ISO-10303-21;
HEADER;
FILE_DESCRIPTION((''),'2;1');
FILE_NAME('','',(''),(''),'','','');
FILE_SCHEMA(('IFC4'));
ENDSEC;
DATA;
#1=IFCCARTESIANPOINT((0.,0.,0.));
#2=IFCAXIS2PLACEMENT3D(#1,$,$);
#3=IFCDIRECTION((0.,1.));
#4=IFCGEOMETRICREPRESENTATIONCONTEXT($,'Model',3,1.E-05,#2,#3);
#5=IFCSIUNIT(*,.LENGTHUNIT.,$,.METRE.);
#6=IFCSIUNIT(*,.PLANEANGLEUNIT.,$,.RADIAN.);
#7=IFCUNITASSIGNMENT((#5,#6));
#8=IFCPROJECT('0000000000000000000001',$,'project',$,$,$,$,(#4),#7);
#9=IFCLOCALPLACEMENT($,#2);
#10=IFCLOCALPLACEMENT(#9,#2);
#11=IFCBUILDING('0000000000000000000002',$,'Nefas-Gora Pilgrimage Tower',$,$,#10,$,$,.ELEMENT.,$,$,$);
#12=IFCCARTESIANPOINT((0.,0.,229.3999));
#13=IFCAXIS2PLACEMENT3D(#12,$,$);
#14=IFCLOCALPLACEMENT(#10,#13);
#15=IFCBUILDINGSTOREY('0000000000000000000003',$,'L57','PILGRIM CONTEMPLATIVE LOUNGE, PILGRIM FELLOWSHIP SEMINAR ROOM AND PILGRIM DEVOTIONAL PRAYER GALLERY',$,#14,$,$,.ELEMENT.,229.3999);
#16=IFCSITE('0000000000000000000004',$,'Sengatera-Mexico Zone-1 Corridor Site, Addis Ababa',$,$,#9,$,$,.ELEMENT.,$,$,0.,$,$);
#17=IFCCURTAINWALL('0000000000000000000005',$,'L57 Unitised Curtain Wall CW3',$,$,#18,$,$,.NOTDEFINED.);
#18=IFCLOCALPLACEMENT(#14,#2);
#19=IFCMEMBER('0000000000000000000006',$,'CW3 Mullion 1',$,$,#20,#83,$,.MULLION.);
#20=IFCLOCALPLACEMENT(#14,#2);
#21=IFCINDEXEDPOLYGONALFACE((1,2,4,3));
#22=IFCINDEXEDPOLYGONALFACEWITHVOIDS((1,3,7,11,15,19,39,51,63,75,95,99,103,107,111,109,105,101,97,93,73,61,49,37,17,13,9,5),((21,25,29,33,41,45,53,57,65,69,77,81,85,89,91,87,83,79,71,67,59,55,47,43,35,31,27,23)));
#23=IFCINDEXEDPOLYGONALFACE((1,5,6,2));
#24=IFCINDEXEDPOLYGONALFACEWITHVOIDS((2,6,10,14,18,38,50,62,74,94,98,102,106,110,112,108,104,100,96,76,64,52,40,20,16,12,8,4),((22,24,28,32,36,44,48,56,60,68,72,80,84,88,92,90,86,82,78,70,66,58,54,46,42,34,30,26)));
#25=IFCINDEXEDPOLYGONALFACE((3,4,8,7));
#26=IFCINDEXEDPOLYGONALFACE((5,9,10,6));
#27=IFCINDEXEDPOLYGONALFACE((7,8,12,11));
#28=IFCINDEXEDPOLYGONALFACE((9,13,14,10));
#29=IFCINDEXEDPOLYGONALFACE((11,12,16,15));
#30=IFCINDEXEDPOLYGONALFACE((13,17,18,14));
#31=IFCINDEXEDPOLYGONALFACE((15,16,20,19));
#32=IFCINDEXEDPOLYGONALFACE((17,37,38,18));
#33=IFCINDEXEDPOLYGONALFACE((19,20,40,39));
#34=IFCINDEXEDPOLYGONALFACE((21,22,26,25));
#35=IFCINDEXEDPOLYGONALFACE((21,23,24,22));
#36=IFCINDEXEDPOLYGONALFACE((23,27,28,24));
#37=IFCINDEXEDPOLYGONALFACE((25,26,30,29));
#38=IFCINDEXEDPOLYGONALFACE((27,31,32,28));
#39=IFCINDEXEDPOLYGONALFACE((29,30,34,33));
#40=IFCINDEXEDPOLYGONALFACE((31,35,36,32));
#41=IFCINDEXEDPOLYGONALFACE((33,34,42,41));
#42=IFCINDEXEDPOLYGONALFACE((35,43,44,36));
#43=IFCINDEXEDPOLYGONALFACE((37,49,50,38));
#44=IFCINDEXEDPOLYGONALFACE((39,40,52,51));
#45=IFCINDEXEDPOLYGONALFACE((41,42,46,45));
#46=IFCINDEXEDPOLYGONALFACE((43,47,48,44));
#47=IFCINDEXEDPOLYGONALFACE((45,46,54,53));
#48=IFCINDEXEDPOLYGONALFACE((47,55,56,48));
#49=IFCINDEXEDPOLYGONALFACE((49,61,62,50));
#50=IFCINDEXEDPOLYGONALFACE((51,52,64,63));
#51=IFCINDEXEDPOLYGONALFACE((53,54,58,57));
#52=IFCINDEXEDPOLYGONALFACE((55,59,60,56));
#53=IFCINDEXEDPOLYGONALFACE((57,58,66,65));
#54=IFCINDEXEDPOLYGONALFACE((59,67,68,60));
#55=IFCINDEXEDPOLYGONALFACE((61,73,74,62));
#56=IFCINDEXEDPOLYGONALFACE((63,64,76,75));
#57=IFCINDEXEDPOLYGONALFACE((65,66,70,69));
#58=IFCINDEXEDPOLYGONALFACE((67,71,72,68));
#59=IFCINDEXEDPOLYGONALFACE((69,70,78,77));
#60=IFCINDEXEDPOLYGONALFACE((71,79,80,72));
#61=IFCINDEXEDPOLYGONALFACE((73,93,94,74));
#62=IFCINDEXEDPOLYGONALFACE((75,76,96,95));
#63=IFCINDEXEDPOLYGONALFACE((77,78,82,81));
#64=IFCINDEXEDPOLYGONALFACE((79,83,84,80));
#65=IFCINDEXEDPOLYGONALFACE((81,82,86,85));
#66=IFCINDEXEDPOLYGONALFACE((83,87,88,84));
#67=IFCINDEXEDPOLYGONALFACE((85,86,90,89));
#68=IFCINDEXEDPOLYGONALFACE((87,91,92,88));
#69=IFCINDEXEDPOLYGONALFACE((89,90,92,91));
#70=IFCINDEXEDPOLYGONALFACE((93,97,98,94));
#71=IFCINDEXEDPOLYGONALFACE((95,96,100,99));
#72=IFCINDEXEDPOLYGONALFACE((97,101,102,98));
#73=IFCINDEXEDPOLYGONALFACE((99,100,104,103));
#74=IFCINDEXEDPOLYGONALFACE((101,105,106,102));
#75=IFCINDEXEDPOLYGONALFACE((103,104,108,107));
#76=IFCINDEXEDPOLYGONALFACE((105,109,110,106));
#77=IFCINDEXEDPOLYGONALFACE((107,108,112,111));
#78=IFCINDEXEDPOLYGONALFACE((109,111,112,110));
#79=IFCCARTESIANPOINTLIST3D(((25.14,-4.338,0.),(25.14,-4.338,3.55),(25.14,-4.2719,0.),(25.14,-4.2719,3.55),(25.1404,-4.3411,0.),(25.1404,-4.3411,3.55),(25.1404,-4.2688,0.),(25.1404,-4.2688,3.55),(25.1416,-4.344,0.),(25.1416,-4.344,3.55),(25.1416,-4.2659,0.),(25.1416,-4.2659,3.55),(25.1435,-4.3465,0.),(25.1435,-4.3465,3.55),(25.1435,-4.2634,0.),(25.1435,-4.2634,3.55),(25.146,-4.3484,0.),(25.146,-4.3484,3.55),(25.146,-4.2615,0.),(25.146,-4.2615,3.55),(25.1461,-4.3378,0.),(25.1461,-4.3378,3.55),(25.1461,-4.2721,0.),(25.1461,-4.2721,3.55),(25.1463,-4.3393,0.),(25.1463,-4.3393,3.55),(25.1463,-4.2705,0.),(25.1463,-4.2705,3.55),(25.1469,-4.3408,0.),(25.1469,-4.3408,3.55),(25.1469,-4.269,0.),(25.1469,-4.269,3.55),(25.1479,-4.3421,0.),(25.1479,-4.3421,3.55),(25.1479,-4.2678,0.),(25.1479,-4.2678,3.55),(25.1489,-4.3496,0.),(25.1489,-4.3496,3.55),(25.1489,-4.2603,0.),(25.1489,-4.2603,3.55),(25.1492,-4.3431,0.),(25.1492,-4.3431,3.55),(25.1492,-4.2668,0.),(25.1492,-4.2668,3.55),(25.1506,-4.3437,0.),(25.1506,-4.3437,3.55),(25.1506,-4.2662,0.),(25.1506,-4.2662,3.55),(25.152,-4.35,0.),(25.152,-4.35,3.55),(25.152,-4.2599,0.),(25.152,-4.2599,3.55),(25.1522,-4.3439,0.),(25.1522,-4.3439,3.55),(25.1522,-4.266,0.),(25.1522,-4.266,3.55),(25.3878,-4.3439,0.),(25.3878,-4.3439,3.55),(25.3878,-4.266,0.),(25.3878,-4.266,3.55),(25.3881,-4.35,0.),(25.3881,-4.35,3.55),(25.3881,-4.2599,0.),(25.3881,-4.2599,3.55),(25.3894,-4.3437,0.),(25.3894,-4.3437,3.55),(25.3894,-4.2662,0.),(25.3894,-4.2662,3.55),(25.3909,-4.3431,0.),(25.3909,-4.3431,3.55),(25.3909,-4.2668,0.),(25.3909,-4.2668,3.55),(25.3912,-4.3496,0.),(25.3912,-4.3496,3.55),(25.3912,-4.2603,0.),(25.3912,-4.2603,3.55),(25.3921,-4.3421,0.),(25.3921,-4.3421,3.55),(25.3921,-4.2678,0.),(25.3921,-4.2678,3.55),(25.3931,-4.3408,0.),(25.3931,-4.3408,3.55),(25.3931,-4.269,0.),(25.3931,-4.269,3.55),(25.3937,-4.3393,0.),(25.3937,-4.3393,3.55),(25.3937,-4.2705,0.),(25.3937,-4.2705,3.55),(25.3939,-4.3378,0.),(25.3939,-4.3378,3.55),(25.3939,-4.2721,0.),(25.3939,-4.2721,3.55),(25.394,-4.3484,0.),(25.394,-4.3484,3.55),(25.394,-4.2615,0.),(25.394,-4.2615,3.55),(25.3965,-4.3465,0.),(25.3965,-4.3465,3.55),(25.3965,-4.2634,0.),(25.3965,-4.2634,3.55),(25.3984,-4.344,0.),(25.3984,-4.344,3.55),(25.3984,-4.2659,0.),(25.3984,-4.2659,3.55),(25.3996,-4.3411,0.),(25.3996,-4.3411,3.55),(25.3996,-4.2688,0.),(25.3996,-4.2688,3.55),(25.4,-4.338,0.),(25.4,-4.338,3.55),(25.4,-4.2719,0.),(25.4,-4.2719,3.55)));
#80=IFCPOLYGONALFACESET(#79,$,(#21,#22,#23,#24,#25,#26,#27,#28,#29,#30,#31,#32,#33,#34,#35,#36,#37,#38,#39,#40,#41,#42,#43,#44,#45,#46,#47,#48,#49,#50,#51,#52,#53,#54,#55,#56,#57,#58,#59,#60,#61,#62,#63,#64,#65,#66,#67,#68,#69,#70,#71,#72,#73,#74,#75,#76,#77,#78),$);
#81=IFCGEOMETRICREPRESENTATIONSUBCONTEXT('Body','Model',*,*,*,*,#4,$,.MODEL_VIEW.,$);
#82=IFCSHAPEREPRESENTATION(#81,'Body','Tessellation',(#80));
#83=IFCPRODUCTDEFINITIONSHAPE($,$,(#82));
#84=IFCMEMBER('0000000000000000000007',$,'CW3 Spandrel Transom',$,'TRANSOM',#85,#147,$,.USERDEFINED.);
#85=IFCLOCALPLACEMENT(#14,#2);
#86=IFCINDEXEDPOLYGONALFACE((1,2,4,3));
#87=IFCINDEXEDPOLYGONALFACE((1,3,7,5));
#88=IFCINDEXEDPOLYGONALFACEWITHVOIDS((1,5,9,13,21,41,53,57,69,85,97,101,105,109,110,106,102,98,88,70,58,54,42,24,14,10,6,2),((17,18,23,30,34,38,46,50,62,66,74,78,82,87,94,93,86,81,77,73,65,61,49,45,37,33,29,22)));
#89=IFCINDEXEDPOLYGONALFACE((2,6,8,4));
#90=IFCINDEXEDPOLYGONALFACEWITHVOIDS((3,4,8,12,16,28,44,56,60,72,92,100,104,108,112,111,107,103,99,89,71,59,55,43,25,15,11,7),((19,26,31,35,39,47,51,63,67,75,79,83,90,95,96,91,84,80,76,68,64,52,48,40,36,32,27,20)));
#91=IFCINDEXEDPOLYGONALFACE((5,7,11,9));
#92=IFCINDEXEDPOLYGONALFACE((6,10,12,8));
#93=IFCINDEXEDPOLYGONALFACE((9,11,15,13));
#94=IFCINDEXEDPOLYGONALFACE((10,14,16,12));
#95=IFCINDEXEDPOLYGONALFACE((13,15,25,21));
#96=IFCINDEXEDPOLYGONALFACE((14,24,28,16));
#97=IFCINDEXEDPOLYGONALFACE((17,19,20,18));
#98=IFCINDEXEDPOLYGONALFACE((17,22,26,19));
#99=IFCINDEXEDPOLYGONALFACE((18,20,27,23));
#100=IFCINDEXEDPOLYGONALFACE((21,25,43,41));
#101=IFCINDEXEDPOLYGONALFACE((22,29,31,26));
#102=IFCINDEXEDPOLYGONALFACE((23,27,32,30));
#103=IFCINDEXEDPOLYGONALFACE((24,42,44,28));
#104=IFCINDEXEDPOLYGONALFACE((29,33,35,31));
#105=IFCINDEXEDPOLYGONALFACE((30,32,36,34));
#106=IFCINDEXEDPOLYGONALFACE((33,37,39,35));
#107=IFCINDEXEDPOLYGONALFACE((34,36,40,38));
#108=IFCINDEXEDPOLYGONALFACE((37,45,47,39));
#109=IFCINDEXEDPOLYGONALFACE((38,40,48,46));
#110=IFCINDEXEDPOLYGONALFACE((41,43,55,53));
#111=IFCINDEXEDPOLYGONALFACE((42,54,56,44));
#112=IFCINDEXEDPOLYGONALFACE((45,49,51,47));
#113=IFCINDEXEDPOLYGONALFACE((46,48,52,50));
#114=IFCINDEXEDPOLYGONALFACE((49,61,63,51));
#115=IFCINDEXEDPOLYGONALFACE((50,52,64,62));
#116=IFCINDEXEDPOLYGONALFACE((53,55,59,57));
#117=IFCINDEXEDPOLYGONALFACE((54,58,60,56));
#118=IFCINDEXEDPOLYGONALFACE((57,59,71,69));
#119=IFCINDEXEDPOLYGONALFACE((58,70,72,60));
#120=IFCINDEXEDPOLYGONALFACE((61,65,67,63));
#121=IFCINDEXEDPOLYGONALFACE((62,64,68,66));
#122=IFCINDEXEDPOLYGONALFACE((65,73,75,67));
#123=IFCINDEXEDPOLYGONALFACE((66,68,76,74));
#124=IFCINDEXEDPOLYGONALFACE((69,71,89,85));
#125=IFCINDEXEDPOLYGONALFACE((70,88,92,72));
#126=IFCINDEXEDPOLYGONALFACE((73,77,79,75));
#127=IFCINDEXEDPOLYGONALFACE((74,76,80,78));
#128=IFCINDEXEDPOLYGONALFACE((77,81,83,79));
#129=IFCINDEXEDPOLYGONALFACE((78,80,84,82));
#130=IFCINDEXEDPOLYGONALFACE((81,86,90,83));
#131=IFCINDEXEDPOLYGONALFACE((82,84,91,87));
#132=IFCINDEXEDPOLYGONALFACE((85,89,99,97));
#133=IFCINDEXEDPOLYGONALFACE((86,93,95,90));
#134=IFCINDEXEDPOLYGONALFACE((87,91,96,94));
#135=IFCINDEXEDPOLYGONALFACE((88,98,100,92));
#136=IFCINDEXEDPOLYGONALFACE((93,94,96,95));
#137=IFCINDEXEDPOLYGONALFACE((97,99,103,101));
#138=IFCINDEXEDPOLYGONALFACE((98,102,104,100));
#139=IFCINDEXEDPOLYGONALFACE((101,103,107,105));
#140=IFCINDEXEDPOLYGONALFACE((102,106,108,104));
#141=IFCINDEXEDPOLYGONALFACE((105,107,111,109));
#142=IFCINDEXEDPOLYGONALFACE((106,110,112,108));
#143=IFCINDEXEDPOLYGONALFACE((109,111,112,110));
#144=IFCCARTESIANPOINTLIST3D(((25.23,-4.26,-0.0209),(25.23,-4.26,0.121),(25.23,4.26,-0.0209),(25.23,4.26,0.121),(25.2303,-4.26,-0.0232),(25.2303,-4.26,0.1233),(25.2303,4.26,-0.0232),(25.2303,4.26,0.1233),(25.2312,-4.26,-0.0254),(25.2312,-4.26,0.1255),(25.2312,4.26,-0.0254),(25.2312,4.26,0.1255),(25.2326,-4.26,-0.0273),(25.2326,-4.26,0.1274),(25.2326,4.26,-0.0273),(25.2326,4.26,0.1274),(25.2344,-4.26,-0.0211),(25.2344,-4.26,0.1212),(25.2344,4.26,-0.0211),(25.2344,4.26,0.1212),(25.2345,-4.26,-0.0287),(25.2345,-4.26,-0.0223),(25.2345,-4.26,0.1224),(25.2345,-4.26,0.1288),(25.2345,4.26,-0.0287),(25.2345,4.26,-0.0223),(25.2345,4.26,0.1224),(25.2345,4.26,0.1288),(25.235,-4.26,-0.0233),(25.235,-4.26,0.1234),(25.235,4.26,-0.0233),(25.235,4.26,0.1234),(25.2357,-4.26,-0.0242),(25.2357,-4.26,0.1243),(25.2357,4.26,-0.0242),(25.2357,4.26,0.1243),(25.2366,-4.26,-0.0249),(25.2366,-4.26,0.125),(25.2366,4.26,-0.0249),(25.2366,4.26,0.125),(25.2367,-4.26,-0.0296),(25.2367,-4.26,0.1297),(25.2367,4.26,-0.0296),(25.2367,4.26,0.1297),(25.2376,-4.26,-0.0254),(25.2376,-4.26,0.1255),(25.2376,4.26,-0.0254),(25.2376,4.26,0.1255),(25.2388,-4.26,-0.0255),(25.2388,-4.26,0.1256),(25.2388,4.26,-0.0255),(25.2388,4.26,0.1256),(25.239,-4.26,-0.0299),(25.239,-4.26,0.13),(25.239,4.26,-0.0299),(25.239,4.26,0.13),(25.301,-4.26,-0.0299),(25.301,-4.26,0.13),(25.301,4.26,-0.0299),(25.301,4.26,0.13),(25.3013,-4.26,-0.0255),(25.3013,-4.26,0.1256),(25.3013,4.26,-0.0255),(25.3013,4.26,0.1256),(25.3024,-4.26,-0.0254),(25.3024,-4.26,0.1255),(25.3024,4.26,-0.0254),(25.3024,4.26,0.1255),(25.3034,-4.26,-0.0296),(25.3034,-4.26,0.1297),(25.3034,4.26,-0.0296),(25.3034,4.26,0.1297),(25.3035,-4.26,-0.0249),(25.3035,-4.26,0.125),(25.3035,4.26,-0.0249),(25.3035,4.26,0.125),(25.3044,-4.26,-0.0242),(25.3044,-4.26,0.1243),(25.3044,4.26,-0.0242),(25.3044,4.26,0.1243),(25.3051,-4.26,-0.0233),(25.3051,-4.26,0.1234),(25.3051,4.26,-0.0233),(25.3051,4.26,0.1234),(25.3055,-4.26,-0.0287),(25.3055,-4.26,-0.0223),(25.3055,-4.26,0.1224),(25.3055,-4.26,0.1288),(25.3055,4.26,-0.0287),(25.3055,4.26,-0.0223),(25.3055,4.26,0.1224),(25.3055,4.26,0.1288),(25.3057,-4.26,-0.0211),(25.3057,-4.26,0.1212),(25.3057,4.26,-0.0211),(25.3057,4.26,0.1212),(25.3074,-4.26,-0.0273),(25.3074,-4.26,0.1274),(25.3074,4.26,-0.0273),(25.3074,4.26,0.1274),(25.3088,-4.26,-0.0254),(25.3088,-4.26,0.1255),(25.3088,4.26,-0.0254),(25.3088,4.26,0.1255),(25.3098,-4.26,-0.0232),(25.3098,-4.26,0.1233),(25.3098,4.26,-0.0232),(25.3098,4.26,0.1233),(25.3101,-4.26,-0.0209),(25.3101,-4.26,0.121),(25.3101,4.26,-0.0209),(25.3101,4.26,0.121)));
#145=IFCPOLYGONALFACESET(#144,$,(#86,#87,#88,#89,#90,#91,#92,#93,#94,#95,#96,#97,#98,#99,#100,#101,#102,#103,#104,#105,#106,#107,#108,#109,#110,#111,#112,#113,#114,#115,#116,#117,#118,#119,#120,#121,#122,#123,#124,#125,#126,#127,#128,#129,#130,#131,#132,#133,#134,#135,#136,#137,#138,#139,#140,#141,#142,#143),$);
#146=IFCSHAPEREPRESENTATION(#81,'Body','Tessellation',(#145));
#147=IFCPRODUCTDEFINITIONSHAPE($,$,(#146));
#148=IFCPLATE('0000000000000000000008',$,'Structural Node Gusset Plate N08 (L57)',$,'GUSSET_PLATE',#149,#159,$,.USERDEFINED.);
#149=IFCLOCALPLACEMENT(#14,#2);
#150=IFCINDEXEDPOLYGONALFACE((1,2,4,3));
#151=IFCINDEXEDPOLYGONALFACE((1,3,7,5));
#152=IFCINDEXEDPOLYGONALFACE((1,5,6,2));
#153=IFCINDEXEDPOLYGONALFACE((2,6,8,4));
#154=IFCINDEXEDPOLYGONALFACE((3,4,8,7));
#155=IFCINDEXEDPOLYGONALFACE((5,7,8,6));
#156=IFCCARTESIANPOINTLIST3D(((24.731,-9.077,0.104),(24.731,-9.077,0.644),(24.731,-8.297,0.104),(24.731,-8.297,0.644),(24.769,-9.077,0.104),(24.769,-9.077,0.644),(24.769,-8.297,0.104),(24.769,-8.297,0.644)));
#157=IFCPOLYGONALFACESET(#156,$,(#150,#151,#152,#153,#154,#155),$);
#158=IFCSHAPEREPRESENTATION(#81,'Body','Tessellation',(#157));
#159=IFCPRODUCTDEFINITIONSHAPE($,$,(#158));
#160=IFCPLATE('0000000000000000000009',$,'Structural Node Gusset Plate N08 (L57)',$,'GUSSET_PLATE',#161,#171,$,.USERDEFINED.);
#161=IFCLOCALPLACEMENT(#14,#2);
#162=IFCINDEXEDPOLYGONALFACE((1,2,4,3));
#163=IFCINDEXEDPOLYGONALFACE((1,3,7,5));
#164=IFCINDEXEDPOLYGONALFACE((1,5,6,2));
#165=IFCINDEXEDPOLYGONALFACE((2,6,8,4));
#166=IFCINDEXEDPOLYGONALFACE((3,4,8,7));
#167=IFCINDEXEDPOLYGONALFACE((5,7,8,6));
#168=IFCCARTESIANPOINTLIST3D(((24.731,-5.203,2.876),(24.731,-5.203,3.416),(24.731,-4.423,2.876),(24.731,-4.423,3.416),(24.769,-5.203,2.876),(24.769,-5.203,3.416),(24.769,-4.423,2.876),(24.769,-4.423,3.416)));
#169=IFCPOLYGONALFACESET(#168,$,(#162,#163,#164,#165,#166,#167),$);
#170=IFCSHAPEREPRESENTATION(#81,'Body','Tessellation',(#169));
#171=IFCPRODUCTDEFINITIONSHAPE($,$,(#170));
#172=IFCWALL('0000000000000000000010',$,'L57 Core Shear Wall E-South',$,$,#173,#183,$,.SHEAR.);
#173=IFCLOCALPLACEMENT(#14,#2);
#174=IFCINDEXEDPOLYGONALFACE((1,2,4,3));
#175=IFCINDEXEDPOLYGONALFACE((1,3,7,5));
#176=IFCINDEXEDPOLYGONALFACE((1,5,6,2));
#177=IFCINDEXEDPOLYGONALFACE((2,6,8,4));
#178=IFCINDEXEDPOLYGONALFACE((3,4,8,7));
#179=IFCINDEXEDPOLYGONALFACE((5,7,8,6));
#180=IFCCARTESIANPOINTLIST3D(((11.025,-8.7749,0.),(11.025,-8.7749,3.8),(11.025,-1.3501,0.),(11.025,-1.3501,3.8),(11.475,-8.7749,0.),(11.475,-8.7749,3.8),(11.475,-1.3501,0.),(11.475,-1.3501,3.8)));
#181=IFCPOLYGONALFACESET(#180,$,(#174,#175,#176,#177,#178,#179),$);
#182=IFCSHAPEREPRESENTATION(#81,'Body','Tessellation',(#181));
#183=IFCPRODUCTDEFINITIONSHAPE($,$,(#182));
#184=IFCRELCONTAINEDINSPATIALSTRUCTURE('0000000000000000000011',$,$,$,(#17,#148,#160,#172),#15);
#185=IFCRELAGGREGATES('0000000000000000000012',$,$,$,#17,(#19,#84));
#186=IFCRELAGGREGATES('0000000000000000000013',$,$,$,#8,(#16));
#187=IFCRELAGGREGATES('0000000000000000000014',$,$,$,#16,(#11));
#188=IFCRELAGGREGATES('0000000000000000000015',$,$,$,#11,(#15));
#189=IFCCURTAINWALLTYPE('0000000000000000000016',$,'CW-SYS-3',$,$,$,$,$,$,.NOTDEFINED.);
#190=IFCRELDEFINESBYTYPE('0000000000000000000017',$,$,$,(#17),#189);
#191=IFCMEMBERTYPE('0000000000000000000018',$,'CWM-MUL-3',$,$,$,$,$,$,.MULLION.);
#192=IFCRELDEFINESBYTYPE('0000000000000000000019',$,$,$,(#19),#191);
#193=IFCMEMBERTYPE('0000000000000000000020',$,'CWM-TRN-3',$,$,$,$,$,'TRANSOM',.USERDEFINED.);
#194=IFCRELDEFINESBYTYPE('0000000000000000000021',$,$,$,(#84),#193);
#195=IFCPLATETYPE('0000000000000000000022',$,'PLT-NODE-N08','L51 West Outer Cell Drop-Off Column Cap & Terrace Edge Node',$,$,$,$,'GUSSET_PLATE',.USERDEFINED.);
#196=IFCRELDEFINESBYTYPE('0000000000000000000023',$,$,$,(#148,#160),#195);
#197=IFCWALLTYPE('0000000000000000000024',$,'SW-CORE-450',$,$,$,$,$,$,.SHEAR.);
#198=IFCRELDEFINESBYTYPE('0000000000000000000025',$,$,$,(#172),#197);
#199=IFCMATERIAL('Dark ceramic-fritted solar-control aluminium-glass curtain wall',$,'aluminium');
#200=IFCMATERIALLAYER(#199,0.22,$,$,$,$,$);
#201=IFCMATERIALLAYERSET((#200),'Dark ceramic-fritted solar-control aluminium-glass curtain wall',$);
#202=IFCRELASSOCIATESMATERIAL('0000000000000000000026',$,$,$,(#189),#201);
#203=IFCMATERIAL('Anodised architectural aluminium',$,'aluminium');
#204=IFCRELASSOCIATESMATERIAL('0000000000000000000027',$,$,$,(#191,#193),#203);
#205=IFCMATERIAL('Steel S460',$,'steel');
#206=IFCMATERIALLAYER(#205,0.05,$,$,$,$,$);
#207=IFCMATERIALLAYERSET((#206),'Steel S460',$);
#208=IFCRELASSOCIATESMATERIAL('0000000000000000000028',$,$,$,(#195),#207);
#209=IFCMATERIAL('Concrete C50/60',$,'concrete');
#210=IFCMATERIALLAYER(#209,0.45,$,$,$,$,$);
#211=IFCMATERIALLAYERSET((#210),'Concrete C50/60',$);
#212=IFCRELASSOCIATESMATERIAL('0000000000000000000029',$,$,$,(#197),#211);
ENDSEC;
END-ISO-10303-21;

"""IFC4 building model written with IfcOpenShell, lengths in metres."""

from ifc_helpers import new_model, si_unit, direction, frame, frame_2d, origin, origin_2d, place, context, subcontext, project, spatial, rectangle, hollow_rectangle, extrude, source, transform, mapped, material, layer, layer_set, material_profile, profile_set, type_object, element, aggregate, save


model = new_model("IFC4")

# Units and contexts
model_context = context("Model", 3, precision=1e-05, world=origin(), true_north=direction((0.0, 1.0)))
body_context = subcontext(model_context, "Body", "Model", "MODEL_VIEW")
ifc_project = project(units=[si_unit("LENGTHUNIT", "METRE"), si_unit("PLANEANGLEUNIT", "RADIAN")], contexts=[model_context])

# Site, building, storey
site_placement = place(None, origin())
site = spatial("IfcSite", under=ifc_project, at=site_placement, Name="Sengatera-Mexico Zone-1 Corridor Site, Addis Ababa", CompositionType="ELEMENT", RefElevation=0.0)
building_placement = place(site_placement, origin())
building = spatial("IfcBuilding", under=site, at=building_placement, Name="Nefas-Gora Pilgrimage Tower", CompositionType="ELEMENT")
storey_placement = place(building_placement, frame((0.0, 0.0, 229.3999)))
storey = spatial("IfcBuildingStorey", under=building, at=storey_placement, Name="L57", Description="PILGRIM CONTEMPLATIVE LOUNGE, PILGRIM FELLOWSHIP SEMINAR ROOM AND PILGRIM DEVOTIONAL PRAYER GALLERY", CompositionType="ELEMENT", Elevation=229.3999)

# Shared definitions
ifc_material_1 = material(Name="Steel S460", Category="steel")

# Shared definitions
ifc_material_2 = material(Name="Dark ceramic-fritted solar-control aluminium-glass curtain wall", Category="aluminium")
ifc_layer_1 = layer(ifc_material_2, 0.22)
ifc_layer_set_1 = layer_set([ifc_layer_1], Name="Dark ceramic-fritted solar-control aluminium-glass curtain wall")
curtain_wall_type = type_object("IfcCurtainWallType", Name="CW-SYS-3", PredefinedType="NOTDEFINED", material=ifc_layer_set_1)
ifc_material_3 = material(Name="Anodised architectural aluminium", Category="aluminium")
ifc_material_profile_1 = material_profile(ifc_material_3, hollow_rectangle(XDim=0.0901, YDim=0.26, WallThickness=0.0061, InnerFilletRadius=0.0061, OuterFilletRadius=0.012, at=origin_2d()), Name="ALU MULLION 90x260")
ifc_profile_set_1 = profile_set([ifc_material_profile_1], Name="Anodised architectural aluminium")
member_type_1 = type_object("IfcMemberType", Name="CWM-MUL-3", PredefinedType="MULLION", material=ifc_profile_set_1)
shared_shape_1 = source(origin(), body_context, "Body", "SweptSolid", [
    extrude(hollow_rectangle(XDim=0.0901, YDim=0.26, WallThickness=0.0061, InnerFilletRadius=0.0061, OuterFilletRadius=0.012, at=origin_2d()), origin(), (0.0, 0.0, 1.0), 3.55),
])

# Curtain wall, members
curtain_wall_1_placement = place(storey_placement, origin())
curtain_wall_1 = element("IfcCurtainWall", 1, at=curtain_wall_1_placement, inside=storey, type_object=curtain_wall_type, Name="L57 Unitised Curtain Wall CW3", PredefinedType="NOTDEFINED")
member_1_placement = place(storey_placement, frame((25.27, -4.3049, 0.0), z_axis=(0.0, 0.0, 1.0), x_axis=(0.0, 1.0, 0.0)))
member_1 = element("IfcMember", 2, at=member_1_placement, type_object=member_type_1, Name="CW3 Mullion 1", PredefinedType="MULLION", context=body_context, shape_type="MappedRepresentation", body=[
    mapped(shared_shape_1, transform((0.0, 0.0, 0.0), x_axis=(1.0, 0.0, 0.0), y_axis=(0.0, 1.0, 0.0), z_axis=(0.0, 0.0, 1.0), scale=1.0)),
])
ifc_material_profile_2 = material_profile(ifc_material_3, hollow_rectangle(XDim=0.0801, YDim=0.1599, WallThickness=0.0044, InnerFilletRadius=0.0044, OuterFilletRadius=0.009, at=origin_2d()), Name="ALU TRANSOM 80x160")
ifc_profile_set_2 = profile_set([ifc_material_profile_2], Name="Anodised architectural aluminium")
member_type_2 = type_object("IfcMemberType", Name="CWM-TRN-3", ElementType="TRANSOM", PredefinedType="USERDEFINED", material=ifc_profile_set_2)
shared_shape_2 = source(origin(), body_context, "Body", "SweptSolid", [
    extrude(hollow_rectangle(XDim=0.0801, YDim=0.1599, WallThickness=0.0044, InnerFilletRadius=0.0044, OuterFilletRadius=0.009, at=origin_2d()), origin(), (0.0, 0.0, 1.0), 8.52),
])
member_2_placement = place(storey_placement, frame((25.27, -4.26, 0.05), z_axis=(0.0, 1.0, 0.0), x_axis=(-1.0, 0.0, 0.0)))
member_2 = element("IfcMember", 3, at=member_2_placement, type_object=member_type_2, Name="CW3 Spandrel Transom", ObjectType="TRANSOM", PredefinedType="USERDEFINED", context=body_context, shape_type="MappedRepresentation", body=[
    mapped(shared_shape_2, transform((0.0, 0.0, 0.0), x_axis=(1.0, 0.0, 0.0), y_axis=(0.0, 1.0, 0.0), z_axis=(0.0, 0.0, 1.0), scale=1.0)),
])
aggregate(curtain_wall_1, [member_1, member_2])

# Plates
ifc_layer_2 = layer(ifc_material_1, 0.05)
ifc_layer_set_2 = layer_set([ifc_layer_2], Name="Steel S460")
plate_type = type_object("IfcPlateType", Name="PLT-NODE-N08", Description="L51 West Outer Cell Drop-Off Column Cap & Terrace Edge Node", ElementType="GUSSET_PLATE", PredefinedType="USERDEFINED", material=ifc_layer_set_2)
shared_shape_3 = source(origin(), body_context, "Body", "SweptSolid", [
    extrude(rectangle(XDim=0.78, YDim=0.0381, at=origin_2d()), origin(), (0.0, 0.0, 1.0), 0.54),
])
for number, where, z_axis, x_axis, name in (
    (4, (24.75, -8.687, 0.104), (0.0, 0.0, 1.0), (0.0, 1.0, 0.0), "Structural Node Gusset Plate N08 (L57)"),
    (5, (24.75, -4.813, 2.876), (0.0, 0.0, 1.0), (0.0, 1.0, 0.0), "Structural Node Gusset Plate N08 (L57)"),
):
    element("IfcPlate", number, at=place(storey_placement, frame(where, z_axis=z_axis, x_axis=x_axis)), inside=storey, type_object=plate_type, Name=name, ObjectType="GUSSET_PLATE", PredefinedType="USERDEFINED", context=body_context, shape_type="MappedRepresentation", body=[
        mapped(shared_shape_3, transform((0.0, 0.0, 0.0), x_axis=(1.0, 0.0, 0.0), y_axis=(0.0, 1.0, 0.0), z_axis=(0.0, 0.0, 1.0), scale=1.0)),
    ])

# Wall
ifc_material_4 = material(Name="Concrete C50/60", Category="concrete")
ifc_layer_3 = layer(ifc_material_4, 0.45)
ifc_layer_set_3 = layer_set([ifc_layer_3], Name="Concrete C50/60")
wall_type_1 = type_object("IfcWallType", Name="SW-CORE-450", PredefinedType="SHEAR", material=ifc_layer_set_3)
shared_shape_4 = source(origin(), body_context, "Body", "SweptSolid", [
    extrude(rectangle(XDim=7.4248, YDim=0.45, at=frame_2d((3.7124, 0.0))), origin(), (0.0, 0.0, 1.0), 3.8),
])
wall_1_placement = place(storey_placement, frame((11.25, -8.7749, 0.0), z_axis=(0.0, 0.0, 1.0), x_axis=(0.0, 1.0, 0.0)))
element("IfcWall", 6, at=wall_1_placement, inside=storey, type_object=wall_type_1, Name="L57 Core Shear Wall E-South", PredefinedType="SHEAR", context=body_context, shape_type="MappedRepresentation", body=[
    mapped(shared_shape_4, transform((0.0, 0.0, 0.0), x_axis=(1.0, 0.0, 0.0), y_axis=(0.0, 1.0, 0.0), z_axis=(0.0, 0.0, 1.0), scale=1.0)),
])

save(model, "model.ifc")
